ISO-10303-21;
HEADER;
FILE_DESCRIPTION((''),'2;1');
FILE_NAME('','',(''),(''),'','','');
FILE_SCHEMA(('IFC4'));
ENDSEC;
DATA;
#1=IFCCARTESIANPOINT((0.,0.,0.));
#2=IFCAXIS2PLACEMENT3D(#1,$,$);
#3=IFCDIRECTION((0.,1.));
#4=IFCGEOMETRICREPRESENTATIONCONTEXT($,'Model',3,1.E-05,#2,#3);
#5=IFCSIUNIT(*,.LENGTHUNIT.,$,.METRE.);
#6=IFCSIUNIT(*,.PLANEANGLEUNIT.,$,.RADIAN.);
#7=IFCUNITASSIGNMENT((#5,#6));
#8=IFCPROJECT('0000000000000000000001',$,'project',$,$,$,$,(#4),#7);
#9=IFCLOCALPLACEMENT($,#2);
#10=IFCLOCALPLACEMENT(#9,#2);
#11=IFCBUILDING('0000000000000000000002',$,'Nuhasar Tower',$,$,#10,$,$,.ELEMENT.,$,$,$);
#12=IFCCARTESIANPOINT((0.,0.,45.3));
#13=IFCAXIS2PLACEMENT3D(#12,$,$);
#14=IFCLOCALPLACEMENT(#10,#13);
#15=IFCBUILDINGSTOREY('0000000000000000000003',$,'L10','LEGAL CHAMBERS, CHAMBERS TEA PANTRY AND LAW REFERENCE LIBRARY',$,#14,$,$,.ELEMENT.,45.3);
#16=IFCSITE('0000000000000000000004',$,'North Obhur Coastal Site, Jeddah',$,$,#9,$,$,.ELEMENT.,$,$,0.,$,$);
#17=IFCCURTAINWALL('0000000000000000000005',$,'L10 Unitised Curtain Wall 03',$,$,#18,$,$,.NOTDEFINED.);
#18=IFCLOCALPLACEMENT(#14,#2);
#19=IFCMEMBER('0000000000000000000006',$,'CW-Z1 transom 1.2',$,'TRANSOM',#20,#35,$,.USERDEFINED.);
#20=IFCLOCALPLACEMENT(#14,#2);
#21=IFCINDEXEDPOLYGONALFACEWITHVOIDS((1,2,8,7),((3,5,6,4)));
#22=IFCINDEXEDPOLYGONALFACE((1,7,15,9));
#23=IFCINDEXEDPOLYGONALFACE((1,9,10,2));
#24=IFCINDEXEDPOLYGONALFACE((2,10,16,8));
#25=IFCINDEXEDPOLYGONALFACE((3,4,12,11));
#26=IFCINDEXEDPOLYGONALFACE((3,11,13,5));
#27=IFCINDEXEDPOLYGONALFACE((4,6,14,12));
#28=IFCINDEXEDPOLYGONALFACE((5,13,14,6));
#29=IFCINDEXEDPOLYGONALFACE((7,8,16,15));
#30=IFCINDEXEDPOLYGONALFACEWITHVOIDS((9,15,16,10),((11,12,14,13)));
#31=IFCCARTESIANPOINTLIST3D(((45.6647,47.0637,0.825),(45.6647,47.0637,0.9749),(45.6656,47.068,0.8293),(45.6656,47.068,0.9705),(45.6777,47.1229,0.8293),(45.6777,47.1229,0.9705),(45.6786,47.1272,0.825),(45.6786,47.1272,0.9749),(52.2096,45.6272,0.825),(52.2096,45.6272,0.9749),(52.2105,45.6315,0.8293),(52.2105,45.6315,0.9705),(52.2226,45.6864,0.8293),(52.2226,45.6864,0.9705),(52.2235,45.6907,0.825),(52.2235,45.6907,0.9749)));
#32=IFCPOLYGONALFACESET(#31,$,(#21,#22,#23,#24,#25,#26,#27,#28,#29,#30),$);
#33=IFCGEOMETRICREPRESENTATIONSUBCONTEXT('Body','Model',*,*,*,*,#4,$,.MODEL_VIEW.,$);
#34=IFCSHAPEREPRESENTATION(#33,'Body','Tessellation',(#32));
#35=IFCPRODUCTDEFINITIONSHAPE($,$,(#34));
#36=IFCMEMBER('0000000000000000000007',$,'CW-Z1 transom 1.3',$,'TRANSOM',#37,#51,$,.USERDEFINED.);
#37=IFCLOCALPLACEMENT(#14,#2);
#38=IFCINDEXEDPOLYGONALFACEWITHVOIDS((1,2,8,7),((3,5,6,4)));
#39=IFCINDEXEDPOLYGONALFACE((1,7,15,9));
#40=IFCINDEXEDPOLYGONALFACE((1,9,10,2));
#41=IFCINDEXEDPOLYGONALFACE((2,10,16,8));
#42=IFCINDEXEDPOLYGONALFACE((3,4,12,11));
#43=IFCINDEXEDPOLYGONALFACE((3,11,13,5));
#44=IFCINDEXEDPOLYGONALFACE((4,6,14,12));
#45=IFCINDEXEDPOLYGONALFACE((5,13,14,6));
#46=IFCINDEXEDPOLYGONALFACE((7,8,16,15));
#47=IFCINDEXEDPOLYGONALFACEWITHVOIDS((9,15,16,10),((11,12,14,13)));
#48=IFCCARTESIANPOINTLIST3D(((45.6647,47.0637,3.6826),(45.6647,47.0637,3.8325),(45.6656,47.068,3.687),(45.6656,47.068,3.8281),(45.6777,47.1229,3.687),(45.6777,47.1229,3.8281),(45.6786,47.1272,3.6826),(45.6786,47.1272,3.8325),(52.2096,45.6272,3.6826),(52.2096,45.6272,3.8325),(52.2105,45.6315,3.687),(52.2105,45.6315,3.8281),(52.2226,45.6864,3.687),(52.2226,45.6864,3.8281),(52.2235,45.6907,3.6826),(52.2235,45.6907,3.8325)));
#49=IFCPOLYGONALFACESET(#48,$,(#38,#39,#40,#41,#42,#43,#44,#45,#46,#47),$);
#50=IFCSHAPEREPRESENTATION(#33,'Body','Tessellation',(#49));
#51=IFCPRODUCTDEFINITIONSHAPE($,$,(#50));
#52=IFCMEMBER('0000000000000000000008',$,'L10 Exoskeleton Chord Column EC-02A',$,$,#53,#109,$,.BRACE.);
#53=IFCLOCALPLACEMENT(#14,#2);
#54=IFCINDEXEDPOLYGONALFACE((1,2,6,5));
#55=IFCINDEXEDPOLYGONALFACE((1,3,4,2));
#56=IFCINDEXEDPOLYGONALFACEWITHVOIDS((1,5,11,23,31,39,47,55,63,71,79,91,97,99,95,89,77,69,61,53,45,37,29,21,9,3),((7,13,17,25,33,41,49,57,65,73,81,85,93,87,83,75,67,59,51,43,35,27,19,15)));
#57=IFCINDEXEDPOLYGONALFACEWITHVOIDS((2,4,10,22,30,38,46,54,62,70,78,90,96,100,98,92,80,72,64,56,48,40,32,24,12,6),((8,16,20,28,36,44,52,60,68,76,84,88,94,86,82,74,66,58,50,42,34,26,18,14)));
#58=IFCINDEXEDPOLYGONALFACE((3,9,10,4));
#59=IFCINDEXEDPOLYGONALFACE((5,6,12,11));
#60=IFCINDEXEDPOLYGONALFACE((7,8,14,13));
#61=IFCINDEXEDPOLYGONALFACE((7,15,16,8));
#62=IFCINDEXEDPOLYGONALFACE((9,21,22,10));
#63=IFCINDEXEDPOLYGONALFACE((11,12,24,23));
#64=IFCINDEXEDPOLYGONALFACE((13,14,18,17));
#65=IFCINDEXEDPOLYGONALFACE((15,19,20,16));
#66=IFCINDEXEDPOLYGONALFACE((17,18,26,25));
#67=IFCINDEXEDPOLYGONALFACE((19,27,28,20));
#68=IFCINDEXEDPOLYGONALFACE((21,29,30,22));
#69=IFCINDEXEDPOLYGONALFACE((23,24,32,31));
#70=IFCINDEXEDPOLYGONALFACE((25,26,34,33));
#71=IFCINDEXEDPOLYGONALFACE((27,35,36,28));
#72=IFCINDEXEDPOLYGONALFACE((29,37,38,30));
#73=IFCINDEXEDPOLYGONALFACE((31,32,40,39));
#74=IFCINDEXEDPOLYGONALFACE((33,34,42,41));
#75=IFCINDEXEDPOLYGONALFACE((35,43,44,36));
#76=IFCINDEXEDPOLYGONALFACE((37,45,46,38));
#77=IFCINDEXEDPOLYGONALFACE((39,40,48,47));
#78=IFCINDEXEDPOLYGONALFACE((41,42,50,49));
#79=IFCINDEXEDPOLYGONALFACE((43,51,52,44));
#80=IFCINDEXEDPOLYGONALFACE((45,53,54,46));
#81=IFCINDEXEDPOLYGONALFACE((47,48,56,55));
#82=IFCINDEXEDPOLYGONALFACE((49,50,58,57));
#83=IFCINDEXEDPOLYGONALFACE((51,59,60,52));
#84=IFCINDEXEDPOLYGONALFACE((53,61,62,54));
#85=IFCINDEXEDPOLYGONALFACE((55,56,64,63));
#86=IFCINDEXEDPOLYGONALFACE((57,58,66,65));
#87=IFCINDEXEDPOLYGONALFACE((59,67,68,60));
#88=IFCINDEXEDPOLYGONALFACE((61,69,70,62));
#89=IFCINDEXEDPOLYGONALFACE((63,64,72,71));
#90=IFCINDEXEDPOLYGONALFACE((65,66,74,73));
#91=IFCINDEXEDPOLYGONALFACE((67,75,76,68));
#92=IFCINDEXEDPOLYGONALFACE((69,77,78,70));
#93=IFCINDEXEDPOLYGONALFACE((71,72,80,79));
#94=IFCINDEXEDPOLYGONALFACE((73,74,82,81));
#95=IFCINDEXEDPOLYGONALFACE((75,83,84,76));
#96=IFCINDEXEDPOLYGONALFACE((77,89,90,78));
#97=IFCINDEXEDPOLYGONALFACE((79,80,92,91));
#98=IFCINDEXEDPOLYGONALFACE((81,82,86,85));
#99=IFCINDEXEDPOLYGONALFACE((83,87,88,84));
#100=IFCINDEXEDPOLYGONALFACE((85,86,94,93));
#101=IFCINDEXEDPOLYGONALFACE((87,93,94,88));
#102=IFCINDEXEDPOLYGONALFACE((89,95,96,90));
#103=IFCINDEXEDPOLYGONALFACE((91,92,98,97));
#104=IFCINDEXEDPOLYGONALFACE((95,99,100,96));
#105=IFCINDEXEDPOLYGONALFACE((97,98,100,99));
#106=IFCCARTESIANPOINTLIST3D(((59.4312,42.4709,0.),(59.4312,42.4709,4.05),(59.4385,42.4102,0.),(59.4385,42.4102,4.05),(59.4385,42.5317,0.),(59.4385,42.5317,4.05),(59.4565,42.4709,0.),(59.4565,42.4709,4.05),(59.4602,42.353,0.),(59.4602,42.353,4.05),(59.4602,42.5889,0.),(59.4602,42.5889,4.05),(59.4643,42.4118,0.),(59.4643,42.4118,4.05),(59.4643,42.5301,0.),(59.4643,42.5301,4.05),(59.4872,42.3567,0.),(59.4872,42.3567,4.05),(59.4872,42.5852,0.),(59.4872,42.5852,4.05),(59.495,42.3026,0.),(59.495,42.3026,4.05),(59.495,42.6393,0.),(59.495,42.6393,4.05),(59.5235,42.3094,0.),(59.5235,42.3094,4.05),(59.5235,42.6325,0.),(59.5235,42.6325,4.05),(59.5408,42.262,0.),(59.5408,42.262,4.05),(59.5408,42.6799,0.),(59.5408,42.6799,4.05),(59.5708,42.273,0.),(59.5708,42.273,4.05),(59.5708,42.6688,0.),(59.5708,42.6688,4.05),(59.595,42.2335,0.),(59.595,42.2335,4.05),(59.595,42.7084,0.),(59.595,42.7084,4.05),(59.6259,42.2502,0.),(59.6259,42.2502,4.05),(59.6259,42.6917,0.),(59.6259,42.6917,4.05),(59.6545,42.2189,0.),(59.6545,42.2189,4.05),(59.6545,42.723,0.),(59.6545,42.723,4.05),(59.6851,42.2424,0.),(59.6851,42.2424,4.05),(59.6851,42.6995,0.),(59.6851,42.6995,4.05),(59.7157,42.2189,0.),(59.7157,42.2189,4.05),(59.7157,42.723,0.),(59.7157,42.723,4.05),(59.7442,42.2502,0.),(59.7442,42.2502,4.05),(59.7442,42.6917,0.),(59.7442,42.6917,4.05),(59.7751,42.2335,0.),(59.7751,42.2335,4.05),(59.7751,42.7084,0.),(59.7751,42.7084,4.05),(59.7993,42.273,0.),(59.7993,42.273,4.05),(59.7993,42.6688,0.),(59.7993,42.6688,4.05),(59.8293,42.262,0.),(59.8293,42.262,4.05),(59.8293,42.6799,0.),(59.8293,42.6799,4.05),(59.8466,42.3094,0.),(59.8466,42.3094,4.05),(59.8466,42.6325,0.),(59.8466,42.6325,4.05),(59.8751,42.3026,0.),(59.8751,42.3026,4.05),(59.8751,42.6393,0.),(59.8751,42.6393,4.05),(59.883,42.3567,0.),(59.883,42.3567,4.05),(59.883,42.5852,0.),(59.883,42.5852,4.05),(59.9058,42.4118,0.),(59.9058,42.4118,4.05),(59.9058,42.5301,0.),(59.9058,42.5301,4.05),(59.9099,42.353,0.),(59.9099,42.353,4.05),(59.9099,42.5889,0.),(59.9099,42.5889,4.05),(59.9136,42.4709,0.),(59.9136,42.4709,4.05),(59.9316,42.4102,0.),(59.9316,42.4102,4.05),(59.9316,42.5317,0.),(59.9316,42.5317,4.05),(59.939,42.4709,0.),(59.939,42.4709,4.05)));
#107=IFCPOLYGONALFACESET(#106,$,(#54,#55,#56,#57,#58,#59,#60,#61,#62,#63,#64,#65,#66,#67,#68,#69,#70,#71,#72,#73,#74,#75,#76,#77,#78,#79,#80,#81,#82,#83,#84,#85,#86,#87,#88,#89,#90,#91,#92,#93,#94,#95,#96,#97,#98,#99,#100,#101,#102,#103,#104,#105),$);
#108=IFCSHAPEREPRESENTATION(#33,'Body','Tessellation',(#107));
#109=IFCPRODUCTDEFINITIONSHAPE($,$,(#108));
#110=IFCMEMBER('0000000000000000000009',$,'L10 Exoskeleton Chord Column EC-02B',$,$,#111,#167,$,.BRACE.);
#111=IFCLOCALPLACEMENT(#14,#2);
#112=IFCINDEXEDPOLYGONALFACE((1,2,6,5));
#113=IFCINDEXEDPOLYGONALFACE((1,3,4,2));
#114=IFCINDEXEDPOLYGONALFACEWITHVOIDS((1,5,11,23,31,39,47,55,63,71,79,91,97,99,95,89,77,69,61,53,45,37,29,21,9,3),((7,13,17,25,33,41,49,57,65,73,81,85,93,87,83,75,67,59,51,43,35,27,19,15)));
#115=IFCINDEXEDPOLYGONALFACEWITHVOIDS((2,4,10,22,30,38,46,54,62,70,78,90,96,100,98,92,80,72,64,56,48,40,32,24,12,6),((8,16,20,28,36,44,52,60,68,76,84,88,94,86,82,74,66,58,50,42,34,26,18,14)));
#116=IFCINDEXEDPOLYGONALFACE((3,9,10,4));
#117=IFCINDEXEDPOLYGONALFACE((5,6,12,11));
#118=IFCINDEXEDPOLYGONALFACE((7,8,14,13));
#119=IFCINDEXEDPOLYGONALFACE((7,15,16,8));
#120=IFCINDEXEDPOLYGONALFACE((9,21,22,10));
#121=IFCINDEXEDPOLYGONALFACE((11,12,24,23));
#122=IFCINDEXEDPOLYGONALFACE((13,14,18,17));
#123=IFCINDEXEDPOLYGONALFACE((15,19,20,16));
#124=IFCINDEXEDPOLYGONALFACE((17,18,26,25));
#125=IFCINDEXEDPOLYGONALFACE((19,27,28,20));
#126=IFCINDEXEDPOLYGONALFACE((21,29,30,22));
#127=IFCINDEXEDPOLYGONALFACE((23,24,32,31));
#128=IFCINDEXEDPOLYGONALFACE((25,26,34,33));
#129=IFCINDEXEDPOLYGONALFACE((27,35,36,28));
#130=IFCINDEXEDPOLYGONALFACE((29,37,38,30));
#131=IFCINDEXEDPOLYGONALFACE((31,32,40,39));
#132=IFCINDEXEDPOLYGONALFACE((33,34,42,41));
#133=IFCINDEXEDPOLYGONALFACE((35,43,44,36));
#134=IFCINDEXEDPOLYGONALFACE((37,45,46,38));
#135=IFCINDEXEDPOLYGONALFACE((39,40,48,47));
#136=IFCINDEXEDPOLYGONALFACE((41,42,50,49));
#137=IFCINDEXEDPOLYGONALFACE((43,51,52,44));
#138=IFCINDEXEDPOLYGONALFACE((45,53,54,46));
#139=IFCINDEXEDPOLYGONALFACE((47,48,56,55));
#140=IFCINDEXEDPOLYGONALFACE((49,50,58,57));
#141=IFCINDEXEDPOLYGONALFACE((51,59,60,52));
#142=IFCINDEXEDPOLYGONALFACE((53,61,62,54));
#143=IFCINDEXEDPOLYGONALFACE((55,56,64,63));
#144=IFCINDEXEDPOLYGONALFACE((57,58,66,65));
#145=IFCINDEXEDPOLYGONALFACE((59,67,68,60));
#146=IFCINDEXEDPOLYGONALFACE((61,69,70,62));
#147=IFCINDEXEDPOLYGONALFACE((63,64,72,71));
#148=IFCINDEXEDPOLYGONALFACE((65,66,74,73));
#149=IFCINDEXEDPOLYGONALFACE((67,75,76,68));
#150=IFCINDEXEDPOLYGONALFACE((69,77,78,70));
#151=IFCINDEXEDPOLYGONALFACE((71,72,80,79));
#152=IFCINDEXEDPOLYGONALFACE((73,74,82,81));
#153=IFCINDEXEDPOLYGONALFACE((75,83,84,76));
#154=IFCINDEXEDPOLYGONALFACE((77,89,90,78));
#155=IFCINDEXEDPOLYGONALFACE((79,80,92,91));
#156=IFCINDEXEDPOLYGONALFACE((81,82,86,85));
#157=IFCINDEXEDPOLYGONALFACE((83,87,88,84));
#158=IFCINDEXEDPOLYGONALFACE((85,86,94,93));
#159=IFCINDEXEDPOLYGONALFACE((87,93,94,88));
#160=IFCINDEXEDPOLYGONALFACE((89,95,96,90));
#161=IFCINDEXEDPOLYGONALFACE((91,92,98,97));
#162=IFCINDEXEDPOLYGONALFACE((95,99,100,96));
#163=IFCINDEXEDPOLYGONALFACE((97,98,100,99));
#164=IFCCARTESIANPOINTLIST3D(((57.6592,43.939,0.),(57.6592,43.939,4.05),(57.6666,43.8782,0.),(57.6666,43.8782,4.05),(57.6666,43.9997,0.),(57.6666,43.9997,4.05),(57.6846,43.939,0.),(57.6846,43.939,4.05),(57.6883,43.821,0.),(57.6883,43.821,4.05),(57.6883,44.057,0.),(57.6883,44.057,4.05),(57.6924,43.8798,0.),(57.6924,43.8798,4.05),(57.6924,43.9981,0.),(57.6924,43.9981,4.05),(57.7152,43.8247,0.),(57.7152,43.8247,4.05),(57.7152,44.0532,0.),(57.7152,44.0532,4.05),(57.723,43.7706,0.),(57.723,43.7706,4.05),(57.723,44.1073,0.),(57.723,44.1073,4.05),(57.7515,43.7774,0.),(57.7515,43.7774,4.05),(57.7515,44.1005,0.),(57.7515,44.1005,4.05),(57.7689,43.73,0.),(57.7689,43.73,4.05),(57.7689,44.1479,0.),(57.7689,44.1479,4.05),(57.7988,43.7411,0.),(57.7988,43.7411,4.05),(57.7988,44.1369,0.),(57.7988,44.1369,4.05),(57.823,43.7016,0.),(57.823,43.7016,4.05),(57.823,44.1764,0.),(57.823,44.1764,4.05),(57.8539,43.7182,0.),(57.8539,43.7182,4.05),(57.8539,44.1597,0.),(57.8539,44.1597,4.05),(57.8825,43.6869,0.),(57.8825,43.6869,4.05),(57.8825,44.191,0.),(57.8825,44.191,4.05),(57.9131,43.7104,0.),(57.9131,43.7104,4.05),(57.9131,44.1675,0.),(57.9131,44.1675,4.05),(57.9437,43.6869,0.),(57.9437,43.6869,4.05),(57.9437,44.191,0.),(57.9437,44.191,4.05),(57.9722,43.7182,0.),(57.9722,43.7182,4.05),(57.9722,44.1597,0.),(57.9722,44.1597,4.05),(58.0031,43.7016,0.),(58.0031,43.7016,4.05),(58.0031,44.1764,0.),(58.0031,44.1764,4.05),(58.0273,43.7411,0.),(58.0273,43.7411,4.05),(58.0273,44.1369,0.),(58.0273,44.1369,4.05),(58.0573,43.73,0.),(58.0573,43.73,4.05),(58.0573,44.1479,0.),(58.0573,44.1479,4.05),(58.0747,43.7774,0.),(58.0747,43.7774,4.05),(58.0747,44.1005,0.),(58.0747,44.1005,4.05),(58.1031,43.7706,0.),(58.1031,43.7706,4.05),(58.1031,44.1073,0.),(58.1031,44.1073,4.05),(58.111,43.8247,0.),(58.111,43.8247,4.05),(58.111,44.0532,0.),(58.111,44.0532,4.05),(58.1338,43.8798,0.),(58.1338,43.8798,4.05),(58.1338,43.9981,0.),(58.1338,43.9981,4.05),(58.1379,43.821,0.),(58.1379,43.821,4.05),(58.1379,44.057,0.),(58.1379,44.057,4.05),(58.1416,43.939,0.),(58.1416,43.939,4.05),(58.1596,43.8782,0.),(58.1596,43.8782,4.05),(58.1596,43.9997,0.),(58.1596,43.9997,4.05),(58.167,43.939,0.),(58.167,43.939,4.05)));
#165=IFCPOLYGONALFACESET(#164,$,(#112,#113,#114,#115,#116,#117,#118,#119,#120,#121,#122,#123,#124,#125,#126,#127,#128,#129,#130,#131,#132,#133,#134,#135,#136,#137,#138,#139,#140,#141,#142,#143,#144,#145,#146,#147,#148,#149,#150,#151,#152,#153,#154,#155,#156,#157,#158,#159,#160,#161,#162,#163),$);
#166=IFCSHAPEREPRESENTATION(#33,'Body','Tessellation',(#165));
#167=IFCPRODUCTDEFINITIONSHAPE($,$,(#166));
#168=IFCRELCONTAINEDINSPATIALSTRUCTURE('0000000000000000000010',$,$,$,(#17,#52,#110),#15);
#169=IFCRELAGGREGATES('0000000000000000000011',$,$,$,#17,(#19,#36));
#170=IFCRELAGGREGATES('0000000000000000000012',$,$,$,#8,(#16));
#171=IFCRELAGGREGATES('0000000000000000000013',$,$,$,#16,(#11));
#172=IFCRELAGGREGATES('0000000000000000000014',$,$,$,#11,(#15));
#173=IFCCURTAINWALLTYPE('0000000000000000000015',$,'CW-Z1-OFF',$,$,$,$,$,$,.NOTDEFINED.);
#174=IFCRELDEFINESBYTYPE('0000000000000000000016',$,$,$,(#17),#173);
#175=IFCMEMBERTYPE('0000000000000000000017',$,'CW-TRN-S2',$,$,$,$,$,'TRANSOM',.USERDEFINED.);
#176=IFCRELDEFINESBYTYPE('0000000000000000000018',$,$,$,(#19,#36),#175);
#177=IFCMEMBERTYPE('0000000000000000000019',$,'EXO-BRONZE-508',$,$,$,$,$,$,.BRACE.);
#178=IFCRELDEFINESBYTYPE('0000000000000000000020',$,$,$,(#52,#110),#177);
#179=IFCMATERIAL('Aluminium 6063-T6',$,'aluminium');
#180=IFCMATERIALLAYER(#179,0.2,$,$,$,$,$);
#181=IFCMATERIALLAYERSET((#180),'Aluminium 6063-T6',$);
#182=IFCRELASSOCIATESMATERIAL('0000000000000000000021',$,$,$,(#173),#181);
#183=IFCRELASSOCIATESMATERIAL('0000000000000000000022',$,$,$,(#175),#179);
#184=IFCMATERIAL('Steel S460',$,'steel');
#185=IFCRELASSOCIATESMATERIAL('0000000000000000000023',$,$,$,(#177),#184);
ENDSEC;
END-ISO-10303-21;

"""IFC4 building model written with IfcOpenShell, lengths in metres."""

from ifc_helpers import new_model, si_unit, direction, frame, origin, origin_2d, place, context, subcontext, project, spatial, hollow_rectangle, hollow_circle, extrude, material, layer, layer_set, material_profile, profile_set, type_object, element, aggregate, save


model = new_model("IFC4")

# Units and contexts
model_context = context("Model", 3, precision=1e-05, world=origin(), true_north=direction((0.0, 1.0)))
body_context = subcontext(model_context, "Body", "Model", "MODEL_VIEW")
ifc_project = project(units=[si_unit("LENGTHUNIT", "METRE"), si_unit("PLANEANGLEUNIT", "RADIAN")], contexts=[model_context])

# Site, building, storey
site_placement = place(None, origin())
site = spatial("IfcSite", under=ifc_project, at=site_placement, Name="North Obhur Coastal Site, Jeddah", CompositionType="ELEMENT", RefElevation=0.0)
building_placement = place(site_placement, origin())
building = spatial("IfcBuilding", under=site, at=building_placement, Name="Nuhasar Tower", CompositionType="ELEMENT")
storey_placement = place(building_placement, frame((0.0, 0.0, 45.3)))
storey = spatial("IfcBuildingStorey", under=building, at=storey_placement, Name="L10", Description="LEGAL CHAMBERS, CHAMBERS TEA PANTRY AND LAW REFERENCE LIBRARY", CompositionType="ELEMENT", Elevation=45.3)

# Shared definitions
ifc_material_1 = material(Name="Aluminium 6063-T6", Category="aluminium")
ifc_layer_1 = layer(ifc_material_1, 0.2)
ifc_layer_set_1 = layer_set([ifc_layer_1], Name="Aluminium 6063-T6")
curtain_wall_type = type_object("IfcCurtainWallType", Name="CW-Z1-OFF", PredefinedType="NOTDEFINED", material=ifc_layer_set_1)

# Curtain wall
curtain_wall_1_placement = place(storey_placement, origin())
curtain_wall_1 = element("IfcCurtainWall", 1, at=curtain_wall_1_placement, inside=storey, type_object=curtain_wall_type, Name="L10 Unitised Curtain Wall 03", PredefinedType="NOTDEFINED")

# Members
ifc_material_profile_1 = material_profile(ifc_material_1, hollow_rectangle(XDim=0.0649, YDim=0.1499, WallThickness=0.0044, at=origin_2d()), Name="CWT-2")
ifc_profile_set_1 = profile_set([ifc_material_profile_1], Name="Aluminium 6063-T6")
member_type_1 = type_object("IfcMemberType", Name="CW-TRN-S2", ElementType="TRANSOM", PredefinedType="USERDEFINED", material=ifc_profile_set_1)
member_1_placement = place(storey_placement, frame((52.2166, 45.6589, 0.8999), z_axis=(-0.97675, 0.214384, 0.0), x_axis=(-0.214384, -0.97675, 0.0)))
member_1 = element("IfcMember", 2, at=member_1_placement, type_object=member_type_1, Name="CW-Z1 transom 1.2", ObjectType="TRANSOM", PredefinedType="USERDEFINED", context=body_context, shape_type="SweptSolid", body=[
    extrude(hollow_rectangle(XDim=0.0649, YDim=0.1499, WallThickness=0.0044, at=origin_2d()), origin(), (0.0, 0.0, 1.0), 6.7007),
])
member_2_placement = place(storey_placement, frame((52.2166, 45.6589, 3.7576), z_axis=(-0.97675, 0.214384, 0.0), x_axis=(-0.214384, -0.97675, 0.0)))
member_2 = element("IfcMember", 3, at=member_2_placement, type_object=member_type_1, Name="CW-Z1 transom 1.3", ObjectType="TRANSOM", PredefinedType="USERDEFINED", context=body_context, shape_type="SweptSolid", body=[
    extrude(hollow_rectangle(XDim=0.0649, YDim=0.1499, WallThickness=0.0044, at=origin_2d()), origin(), (0.0, 0.0, 1.0), 6.7007),
])
aggregate(curtain_wall_1, [member_1, member_2])

# Members
ifc_material_2 = material(Name="Steel S460", Category="steel")
ifc_material_profile_2 = material_profile(ifc_material_2, hollow_circle(Radius=0.2539, WallThickness=0.0254, at=origin_2d()), Name="HSS508X25.4")
ifc_profile_set_2 = profile_set([ifc_material_profile_2], Name="Steel S460")
member_type_2 = type_object("IfcMemberType", Name="EXO-BRONZE-508", PredefinedType="BRACE", material=ifc_profile_set_2)
for number, where, z_axis, x_axis, name in (
    (4, (59.6851, 42.4709, 0.0), (0.0, 0.0, 1.0), (1.0, 0.0, 0.0), "L10 Exoskeleton Chord Column EC-02A"),
    (5, (57.9131, 43.939, 0.0), (0.0, 0.0, 1.0), (1.0, 0.0, 0.0), "L10 Exoskeleton Chord Column EC-02B"),
):
    element("IfcMember", number, at=place(storey_placement, frame(where, z_axis=z_axis, x_axis=x_axis)), inside=storey, type_object=member_type_2, Name=name, PredefinedType="BRACE", context=body_context, shape_type="SweptSolid", body=[
        extrude(hollow_circle(Radius=0.2539, WallThickness=0.0254, at=origin_2d()), origin(), (0.0, 0.0, 1.0), 4.05),
    ])

save(model, "model.ifc")
